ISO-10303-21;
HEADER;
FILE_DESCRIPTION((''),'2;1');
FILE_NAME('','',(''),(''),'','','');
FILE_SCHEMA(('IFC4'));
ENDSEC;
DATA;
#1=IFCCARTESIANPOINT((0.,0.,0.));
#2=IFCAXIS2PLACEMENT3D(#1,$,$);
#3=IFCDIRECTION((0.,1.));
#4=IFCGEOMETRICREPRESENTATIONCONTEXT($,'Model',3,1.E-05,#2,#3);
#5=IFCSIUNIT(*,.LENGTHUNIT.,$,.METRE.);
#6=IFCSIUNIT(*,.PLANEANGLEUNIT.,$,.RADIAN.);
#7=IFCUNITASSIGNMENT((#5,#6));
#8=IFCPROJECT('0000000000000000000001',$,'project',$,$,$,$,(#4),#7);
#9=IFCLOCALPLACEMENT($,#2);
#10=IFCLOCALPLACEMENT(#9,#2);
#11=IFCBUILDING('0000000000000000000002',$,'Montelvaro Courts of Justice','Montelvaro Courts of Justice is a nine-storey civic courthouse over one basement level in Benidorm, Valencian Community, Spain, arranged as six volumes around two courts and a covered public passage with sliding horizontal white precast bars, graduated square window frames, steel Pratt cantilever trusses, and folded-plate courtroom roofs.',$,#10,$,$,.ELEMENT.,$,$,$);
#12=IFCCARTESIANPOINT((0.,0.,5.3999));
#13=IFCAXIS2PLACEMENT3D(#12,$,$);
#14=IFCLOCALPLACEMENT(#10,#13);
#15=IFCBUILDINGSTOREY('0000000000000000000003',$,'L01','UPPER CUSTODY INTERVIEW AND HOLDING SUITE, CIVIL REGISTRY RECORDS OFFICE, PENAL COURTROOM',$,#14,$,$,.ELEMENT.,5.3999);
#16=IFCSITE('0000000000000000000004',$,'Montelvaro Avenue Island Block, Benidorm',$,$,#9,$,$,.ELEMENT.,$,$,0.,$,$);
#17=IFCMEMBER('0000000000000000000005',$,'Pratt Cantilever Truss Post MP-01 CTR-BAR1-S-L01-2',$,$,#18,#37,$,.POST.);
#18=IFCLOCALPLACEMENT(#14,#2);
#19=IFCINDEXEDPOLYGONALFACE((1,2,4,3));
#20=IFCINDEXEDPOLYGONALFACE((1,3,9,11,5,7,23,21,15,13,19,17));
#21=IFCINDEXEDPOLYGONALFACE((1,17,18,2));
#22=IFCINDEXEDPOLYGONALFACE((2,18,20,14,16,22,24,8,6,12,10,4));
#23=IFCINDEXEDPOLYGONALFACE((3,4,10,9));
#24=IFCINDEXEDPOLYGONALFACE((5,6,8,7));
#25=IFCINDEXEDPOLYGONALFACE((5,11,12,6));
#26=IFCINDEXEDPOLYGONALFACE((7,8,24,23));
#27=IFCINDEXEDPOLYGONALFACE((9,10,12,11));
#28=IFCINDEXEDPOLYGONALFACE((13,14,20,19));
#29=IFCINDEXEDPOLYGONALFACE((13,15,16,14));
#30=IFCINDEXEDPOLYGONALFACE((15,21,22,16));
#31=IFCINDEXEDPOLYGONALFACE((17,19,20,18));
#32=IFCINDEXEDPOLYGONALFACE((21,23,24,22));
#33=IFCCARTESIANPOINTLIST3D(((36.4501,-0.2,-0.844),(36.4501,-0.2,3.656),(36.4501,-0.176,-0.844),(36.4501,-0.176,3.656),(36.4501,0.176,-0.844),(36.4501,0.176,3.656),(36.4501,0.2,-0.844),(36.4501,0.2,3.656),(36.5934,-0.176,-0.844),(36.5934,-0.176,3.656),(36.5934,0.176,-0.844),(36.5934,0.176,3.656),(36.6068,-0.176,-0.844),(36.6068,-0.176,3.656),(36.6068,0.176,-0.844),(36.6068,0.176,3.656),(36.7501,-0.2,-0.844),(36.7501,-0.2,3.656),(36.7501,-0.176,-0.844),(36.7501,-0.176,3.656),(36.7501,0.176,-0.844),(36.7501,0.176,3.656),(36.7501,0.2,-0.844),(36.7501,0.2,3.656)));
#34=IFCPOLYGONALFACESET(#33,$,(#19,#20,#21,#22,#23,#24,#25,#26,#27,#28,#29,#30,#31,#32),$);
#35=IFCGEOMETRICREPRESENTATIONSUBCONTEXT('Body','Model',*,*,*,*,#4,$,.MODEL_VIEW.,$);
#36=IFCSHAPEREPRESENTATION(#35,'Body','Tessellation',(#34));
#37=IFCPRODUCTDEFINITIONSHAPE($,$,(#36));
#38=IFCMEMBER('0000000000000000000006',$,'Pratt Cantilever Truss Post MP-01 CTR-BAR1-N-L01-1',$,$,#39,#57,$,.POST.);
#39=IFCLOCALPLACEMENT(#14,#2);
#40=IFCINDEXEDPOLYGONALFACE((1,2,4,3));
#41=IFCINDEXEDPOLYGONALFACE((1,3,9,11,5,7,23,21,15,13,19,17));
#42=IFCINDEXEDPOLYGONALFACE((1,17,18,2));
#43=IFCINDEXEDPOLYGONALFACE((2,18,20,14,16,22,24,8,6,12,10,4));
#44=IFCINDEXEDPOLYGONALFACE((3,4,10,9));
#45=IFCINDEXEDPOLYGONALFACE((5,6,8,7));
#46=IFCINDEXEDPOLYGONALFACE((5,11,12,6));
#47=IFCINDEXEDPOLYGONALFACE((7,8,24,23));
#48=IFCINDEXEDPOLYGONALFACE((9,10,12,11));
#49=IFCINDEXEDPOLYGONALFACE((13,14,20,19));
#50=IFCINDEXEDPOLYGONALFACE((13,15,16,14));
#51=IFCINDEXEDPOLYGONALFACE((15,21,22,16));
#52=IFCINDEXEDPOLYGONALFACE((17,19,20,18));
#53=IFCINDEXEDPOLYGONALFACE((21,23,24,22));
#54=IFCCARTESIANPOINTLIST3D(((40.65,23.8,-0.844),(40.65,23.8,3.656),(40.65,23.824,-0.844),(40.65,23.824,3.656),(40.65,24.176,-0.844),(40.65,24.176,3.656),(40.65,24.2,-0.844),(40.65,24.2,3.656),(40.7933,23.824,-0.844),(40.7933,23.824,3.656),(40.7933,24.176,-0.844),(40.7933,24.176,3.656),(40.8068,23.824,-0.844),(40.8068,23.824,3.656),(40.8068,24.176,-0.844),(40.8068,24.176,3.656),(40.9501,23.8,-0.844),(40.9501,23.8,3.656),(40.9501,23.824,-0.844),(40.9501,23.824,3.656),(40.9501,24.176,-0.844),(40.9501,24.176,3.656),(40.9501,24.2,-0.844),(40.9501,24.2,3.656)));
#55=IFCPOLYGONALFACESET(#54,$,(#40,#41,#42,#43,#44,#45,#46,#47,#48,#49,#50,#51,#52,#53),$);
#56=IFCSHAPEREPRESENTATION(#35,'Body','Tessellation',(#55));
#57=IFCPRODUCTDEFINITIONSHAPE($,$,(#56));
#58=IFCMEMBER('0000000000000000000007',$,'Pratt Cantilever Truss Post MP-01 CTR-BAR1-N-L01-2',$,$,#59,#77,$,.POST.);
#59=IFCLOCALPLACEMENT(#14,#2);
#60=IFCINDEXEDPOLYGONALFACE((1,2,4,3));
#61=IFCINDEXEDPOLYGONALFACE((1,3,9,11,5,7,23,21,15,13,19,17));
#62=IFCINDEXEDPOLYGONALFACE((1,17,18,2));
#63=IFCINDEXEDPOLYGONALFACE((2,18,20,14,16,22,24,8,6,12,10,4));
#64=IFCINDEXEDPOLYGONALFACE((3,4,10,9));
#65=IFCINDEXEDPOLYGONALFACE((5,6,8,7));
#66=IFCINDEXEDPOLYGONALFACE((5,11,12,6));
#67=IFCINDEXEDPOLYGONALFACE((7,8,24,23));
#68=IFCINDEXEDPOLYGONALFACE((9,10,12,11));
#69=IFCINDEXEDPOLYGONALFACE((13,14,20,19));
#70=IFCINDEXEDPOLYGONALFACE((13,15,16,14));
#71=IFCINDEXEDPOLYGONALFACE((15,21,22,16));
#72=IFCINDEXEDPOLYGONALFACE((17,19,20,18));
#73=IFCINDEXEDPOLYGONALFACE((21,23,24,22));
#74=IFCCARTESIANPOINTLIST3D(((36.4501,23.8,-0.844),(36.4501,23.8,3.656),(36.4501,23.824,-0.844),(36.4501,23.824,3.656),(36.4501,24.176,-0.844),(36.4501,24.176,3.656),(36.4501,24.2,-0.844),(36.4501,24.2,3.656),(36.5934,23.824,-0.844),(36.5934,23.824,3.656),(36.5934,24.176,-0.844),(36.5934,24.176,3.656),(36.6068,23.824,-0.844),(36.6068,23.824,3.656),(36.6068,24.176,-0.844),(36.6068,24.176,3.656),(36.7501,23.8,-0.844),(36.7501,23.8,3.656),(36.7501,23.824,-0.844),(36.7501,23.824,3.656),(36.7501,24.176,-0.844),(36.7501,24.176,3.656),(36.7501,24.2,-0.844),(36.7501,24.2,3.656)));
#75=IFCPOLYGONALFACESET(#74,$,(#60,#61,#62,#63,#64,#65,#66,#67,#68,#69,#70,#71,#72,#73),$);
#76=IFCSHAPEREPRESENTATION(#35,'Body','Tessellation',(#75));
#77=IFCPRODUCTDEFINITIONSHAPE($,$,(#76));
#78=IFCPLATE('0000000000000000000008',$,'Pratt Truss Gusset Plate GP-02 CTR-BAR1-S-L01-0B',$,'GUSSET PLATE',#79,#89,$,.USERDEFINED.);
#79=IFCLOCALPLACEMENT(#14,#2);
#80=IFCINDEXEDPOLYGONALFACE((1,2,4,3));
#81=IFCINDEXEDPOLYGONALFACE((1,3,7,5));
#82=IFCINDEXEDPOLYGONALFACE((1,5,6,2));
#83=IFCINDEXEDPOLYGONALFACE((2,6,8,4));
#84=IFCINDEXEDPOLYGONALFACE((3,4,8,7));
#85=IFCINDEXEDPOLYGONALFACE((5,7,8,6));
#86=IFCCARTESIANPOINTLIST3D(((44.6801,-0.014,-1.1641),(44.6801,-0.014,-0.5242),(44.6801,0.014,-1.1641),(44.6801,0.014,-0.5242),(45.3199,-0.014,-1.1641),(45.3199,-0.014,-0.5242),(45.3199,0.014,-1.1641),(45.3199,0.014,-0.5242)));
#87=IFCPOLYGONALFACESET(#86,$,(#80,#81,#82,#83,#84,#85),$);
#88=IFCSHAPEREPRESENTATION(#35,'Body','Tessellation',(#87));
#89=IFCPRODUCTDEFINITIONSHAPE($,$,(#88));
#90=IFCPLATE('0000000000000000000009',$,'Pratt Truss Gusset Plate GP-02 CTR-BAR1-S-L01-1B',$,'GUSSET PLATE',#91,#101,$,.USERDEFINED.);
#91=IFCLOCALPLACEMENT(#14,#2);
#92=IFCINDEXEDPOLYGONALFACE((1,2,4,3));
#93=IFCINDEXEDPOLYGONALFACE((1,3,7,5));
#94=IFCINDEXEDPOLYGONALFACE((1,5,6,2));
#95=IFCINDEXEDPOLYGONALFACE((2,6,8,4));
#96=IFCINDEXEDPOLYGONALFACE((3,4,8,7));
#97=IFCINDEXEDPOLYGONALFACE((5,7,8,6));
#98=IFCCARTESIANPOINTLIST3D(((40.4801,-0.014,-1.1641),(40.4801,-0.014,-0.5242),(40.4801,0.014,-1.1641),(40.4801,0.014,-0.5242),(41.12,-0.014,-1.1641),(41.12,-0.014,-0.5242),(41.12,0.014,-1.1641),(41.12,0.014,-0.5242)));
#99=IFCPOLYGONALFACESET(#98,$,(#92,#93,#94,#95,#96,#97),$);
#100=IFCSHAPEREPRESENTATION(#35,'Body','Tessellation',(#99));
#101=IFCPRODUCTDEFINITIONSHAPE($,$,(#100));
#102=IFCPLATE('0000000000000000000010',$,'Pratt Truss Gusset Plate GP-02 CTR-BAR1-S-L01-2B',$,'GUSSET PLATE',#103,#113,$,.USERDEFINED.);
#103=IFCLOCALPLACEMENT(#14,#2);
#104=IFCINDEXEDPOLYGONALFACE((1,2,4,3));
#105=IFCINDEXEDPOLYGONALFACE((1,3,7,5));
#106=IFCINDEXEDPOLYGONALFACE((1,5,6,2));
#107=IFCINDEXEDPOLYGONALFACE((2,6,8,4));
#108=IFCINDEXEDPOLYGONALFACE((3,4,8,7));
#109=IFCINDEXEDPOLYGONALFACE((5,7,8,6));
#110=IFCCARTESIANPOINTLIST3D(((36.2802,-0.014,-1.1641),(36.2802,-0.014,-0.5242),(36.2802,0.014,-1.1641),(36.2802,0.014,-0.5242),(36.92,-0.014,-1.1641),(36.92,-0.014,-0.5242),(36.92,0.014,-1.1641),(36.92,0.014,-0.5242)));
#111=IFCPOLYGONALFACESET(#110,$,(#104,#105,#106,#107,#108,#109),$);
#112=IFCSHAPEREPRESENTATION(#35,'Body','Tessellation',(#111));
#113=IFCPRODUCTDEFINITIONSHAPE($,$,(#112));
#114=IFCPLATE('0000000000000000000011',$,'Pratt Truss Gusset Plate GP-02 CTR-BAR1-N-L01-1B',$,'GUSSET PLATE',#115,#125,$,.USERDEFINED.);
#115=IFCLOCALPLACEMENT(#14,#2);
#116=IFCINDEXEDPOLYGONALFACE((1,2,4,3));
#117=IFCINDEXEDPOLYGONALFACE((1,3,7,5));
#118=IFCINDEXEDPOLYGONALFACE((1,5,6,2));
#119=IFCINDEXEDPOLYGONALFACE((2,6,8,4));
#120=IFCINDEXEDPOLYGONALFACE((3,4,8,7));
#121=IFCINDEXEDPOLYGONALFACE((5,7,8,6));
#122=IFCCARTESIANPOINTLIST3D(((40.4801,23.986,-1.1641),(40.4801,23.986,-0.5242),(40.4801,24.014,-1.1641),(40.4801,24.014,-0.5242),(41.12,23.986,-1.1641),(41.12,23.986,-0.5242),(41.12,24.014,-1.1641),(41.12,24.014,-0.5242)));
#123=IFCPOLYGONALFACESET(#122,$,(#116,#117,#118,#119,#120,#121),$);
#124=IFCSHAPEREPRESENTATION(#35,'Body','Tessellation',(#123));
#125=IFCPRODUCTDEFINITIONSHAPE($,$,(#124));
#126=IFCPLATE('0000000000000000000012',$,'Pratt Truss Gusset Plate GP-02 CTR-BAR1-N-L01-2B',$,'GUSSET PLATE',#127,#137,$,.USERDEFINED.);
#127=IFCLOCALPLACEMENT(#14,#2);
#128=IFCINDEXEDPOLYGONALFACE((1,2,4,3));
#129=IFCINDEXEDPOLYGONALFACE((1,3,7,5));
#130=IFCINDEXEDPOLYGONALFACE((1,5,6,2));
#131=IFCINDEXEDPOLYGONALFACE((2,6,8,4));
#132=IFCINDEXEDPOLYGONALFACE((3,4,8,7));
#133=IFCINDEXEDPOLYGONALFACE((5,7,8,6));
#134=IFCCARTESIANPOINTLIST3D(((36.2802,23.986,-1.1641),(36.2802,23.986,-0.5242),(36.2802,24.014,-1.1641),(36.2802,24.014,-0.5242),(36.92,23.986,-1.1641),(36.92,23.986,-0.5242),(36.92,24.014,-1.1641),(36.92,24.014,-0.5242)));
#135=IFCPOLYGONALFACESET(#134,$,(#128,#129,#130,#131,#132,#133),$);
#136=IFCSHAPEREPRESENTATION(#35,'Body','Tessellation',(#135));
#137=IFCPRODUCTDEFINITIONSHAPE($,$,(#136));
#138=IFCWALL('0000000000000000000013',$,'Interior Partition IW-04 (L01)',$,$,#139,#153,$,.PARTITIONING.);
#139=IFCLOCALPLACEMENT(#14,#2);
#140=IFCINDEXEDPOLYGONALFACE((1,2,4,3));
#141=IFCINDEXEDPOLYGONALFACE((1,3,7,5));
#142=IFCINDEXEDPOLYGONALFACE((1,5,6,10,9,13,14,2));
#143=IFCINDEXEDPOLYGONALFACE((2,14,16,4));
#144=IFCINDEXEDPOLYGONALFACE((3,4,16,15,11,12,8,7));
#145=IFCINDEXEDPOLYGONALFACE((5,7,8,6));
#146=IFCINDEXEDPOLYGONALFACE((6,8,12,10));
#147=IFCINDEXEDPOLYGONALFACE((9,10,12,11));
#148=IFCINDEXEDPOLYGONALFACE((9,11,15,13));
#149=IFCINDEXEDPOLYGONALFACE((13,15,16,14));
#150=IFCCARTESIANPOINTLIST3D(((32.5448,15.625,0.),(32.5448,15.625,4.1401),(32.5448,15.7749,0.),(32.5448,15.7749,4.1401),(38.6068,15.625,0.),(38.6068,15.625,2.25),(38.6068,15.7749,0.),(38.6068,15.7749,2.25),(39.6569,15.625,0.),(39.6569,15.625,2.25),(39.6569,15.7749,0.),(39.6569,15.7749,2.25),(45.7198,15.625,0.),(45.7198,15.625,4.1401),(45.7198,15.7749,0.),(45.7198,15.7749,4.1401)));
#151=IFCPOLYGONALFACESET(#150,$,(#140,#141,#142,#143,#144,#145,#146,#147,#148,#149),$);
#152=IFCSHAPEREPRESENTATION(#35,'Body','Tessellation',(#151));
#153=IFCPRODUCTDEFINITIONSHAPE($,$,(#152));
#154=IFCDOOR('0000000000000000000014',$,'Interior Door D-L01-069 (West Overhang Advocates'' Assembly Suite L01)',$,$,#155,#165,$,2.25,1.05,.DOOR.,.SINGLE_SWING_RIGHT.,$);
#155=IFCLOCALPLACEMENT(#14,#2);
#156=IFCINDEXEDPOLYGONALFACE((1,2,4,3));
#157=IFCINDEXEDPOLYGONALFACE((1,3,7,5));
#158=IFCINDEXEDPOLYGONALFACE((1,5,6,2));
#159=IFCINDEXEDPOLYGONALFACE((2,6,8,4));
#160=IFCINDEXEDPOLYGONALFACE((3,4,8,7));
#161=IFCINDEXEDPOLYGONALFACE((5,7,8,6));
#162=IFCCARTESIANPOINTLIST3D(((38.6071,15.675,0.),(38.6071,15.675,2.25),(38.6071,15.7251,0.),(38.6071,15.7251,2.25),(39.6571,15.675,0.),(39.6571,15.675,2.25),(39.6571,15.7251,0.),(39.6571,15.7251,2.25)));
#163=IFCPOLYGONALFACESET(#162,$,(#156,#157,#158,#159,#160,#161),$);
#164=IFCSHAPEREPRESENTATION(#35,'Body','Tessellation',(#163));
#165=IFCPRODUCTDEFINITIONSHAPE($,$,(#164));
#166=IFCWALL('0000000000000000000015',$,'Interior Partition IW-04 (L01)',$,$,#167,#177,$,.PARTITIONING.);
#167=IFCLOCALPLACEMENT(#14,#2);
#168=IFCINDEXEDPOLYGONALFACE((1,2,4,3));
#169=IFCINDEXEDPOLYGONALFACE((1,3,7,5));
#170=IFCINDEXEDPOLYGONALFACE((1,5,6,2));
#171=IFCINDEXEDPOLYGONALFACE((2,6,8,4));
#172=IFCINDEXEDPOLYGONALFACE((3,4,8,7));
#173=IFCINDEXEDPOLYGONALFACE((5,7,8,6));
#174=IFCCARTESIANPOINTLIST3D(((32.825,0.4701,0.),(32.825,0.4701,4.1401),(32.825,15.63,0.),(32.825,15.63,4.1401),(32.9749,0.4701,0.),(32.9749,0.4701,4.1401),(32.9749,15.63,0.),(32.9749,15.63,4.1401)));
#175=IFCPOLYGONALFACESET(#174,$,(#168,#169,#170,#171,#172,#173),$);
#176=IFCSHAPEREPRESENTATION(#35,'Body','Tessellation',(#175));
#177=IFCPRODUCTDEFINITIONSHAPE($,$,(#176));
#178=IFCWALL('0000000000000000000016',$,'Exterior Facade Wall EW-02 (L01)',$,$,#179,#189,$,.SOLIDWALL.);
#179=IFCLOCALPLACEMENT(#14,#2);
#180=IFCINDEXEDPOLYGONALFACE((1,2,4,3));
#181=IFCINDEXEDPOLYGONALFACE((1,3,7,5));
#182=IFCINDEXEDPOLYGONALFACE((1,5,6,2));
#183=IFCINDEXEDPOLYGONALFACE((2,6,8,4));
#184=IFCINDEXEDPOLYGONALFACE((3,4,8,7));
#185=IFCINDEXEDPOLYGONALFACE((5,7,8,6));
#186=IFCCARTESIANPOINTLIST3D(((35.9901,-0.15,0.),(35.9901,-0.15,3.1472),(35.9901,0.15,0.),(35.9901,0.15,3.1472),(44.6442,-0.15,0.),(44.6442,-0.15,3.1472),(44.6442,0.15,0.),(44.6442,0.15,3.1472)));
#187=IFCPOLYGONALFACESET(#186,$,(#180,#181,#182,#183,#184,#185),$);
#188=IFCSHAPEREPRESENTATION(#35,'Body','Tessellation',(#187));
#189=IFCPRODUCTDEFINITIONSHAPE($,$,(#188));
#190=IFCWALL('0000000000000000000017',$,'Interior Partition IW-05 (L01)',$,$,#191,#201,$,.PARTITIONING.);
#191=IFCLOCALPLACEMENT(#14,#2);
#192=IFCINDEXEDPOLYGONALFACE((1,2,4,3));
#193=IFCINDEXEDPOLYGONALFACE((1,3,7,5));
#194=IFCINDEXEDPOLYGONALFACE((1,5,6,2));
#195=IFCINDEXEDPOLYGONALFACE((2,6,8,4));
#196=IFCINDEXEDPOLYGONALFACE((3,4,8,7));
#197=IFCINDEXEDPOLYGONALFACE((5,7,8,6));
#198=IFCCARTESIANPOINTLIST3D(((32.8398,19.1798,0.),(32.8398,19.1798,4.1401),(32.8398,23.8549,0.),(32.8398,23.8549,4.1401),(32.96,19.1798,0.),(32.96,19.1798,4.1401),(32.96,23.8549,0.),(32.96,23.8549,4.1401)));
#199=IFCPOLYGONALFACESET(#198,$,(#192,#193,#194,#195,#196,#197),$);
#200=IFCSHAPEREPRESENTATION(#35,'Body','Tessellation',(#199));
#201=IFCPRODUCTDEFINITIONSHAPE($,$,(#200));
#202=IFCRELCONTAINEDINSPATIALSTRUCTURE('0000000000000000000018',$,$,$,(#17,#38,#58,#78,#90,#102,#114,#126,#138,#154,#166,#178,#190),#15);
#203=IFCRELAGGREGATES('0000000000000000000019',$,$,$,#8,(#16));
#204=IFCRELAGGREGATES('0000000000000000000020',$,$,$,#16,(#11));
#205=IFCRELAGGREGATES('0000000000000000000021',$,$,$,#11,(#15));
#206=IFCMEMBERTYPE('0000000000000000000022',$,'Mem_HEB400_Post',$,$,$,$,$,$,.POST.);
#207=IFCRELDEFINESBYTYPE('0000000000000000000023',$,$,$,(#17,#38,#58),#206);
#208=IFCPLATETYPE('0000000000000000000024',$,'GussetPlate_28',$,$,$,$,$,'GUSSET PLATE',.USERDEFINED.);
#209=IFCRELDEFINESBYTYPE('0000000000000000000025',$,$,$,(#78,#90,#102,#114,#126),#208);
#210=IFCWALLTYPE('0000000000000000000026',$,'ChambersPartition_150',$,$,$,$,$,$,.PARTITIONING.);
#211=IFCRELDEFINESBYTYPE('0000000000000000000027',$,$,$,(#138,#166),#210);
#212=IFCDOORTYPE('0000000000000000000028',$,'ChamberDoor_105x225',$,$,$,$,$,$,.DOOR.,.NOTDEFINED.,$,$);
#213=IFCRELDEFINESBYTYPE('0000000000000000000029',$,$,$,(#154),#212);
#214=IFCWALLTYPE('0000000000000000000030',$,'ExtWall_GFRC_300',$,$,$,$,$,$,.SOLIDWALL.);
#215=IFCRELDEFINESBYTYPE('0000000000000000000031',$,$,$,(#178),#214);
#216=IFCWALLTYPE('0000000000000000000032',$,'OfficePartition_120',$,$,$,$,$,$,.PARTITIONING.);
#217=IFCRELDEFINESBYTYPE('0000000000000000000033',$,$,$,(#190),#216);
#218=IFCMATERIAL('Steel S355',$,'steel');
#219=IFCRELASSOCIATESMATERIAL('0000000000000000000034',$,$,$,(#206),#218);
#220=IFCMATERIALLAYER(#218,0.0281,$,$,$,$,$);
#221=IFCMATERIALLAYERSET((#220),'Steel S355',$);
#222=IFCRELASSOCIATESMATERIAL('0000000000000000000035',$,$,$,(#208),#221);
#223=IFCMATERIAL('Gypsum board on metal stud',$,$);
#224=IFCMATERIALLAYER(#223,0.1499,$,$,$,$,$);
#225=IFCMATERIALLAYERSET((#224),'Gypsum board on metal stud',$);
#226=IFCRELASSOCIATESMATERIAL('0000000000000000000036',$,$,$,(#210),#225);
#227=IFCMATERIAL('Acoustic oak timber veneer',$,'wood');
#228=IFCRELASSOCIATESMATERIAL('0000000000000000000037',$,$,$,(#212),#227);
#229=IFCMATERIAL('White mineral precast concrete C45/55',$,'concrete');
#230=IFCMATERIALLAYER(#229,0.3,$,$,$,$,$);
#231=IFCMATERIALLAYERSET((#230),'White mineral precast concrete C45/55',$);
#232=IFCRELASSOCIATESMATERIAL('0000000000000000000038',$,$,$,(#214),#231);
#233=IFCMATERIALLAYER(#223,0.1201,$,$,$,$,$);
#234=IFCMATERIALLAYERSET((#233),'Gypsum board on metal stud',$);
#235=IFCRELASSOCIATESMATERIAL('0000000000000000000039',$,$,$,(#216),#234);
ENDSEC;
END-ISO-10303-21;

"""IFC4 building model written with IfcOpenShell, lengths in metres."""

from ifc_helpers import new_model, si_unit, direction, frame, frame_2d, origin, origin_2d, place, context, subcontext, project, spatial, rectangle, i_section, extrude, material, layer, layer_set, material_profile, profile_set, type_object, element, fill, save


model = new_model("IFC4")

# Units and contexts
model_context = context("Model", 3, precision=1e-05, world=origin(), true_north=direction((0.0, 1.0)))
body_context = subcontext(model_context, "Body", "Model", "MODEL_VIEW")
ifc_project = project(units=[si_unit("LENGTHUNIT", "METRE"), si_unit("PLANEANGLEUNIT", "RADIAN")], contexts=[model_context])

# Site, building, storey
site_placement = place(None, origin())
site = spatial("IfcSite", under=ifc_project, at=site_placement, Name="Montelvaro Avenue Island Block, Benidorm", CompositionType="ELEMENT", RefElevation=0.0)
building_placement = place(site_placement, origin())
building = spatial("IfcBuilding", under=site, at=building_placement, Name="Montelvaro Courts of Justice", Description="Montelvaro Courts of Justice is a nine-storey civic courthouse over one basement level in Benidorm, Valencian Community, Spain, arranged as six volumes around two courts and a covered public passage with sliding horizontal white precast bars, graduated square window frames, steel Pratt cantilever trusses, and folded-plate courtroom roofs.", CompositionType="ELEMENT")
storey_placement = place(building_placement, frame((0.0, 0.0, 5.3999)))
storey = spatial("IfcBuildingStorey", under=building, at=storey_placement, Name="L01", Description="UPPER CUSTODY INTERVIEW AND HOLDING SUITE, CIVIL REGISTRY RECORDS OFFICE, PENAL COURTROOM", CompositionType="ELEMENT", Elevation=5.3999)

# Shared definitions
ifc_material_1 = material(Name="Steel S355", Category="steel")

# Members
ifc_material_profile_1 = material_profile(ifc_material_1, i_section(OverallWidth=0.3, OverallDepth=0.3999, WebThickness=0.0134, FlangeThickness=0.0239, at=origin_2d()), Name="HEB 400")
ifc_profile_set_1 = profile_set([ifc_material_profile_1], Name="Steel S355")
member_type_1 = type_object("IfcMemberType", Name="Mem_HEB400_Post", PredefinedType="POST", material=ifc_profile_set_1)
for number, where, z_axis, x_axis, name in (
    (1, (36.6001, 0.0, -0.844), (0.0, 0.0, 1.0), (1.0, 0.0, 0.0), "Pratt Cantilever Truss Post MP-01 CTR-BAR1-S-L01-2"),
    (2, (40.8, 24.0, -0.844), (0.0, 0.0, 1.0), (1.0, 0.0, 0.0), "Pratt Cantilever Truss Post MP-01 CTR-BAR1-N-L01-1"),
    (3, (36.6001, 24.0, -0.844), (0.0, 0.0, 1.0), (1.0, 0.0, 0.0), "Pratt Cantilever Truss Post MP-01 CTR-BAR1-N-L01-2"),
):
    element("IfcMember", number, at=place(storey_placement, frame(where, z_axis=z_axis, x_axis=x_axis)), inside=storey, type_object=member_type_1, Name=name, PredefinedType="POST", context=body_context, shape_type="SweptSolid", body=[
        extrude(i_section(OverallWidth=0.3, OverallDepth=0.3999, WebThickness=0.0134, FlangeThickness=0.0239, at=origin_2d()), origin(), (0.0, 0.0, 1.0), 4.5),
    ])

# Plates
ifc_layer_1 = layer(ifc_material_1, 0.0281)
ifc_layer_set_1 = layer_set([ifc_layer_1], Name="Steel S355")
plate_type = type_object("IfcPlateType", Name="GussetPlate_28", ElementType="GUSSET PLATE", PredefinedType="USERDEFINED", material=ifc_layer_set_1)
for number, where, z_axis, x_axis, name in (
    (4, (45.0, 0.0, -1.1641), (0.0, 0.0, 1.0), (1.0, 0.0, 0.0), "Pratt Truss Gusset Plate GP-02 CTR-BAR1-S-L01-0B"),
    (5, (40.8, 0.0, -1.1641), (0.0, 0.0, 1.0), (1.0, 0.0, 0.0), "Pratt Truss Gusset Plate GP-02 CTR-BAR1-S-L01-1B"),
    (6, (36.6001, 0.0, -1.1641), (0.0, 0.0, 1.0), (1.0, 0.0, 0.0), "Pratt Truss Gusset Plate GP-02 CTR-BAR1-S-L01-2B"),
    (7, (40.8, 24.0, -1.1641), (0.0, 0.0, 1.0), (1.0, 0.0, 0.0), "Pratt Truss Gusset Plate GP-02 CTR-BAR1-N-L01-1B"),
    (8, (36.6001, 24.0, -1.1641), (0.0, 0.0, 1.0), (1.0, 0.0, 0.0), "Pratt Truss Gusset Plate GP-02 CTR-BAR1-N-L01-2B"),
):
    element("IfcPlate", number, at=place(storey_placement, frame(where, z_axis=z_axis, x_axis=x_axis)), inside=storey, type_object=plate_type, Name=name, ObjectType="GUSSET PLATE", PredefinedType="USERDEFINED", context=body_context, shape_type="SweptSolid", body=[
        extrude(rectangle(XDim=0.6399, YDim=0.0281, at=origin_2d()), origin(), (0.0, 0.0, 1.0), 0.6399),
    ])

# Wall, opening, door
ifc_material_2 = material(Name="Gypsum board on metal stud")
ifc_layer_2 = layer(ifc_material_2, 0.1499)
ifc_layer_set_2 = layer_set([ifc_layer_2], Name="Gypsum board on metal stud")
wall_type_1 = type_object("IfcWallType", Name="ChambersPartition_150", PredefinedType="PARTITIONING", material=ifc_layer_set_2)
wall_1_placement = place(storey_placement, frame((32.5449, 15.7, 0.0), z_axis=(0.0, 0.0, 1.0), x_axis=(1.0, 0.0, 0.0)))
wall_1 = element("IfcWall", 9, at=wall_1_placement, inside=storey, type_object=wall_type_1, Name="Interior Partition IW-04 (L01)", PredefinedType="PARTITIONING", context=body_context, shape_type="SweptSolid", body=[
    extrude(rectangle(XDim=13.175, YDim=0.1499, at=frame_2d((6.5874, 0.0))), origin(), (0.0, 0.0, 1.0), 4.1401),
])
opening_placement = place(wall_1_placement, frame((6.062, 0.0, 0.0)))
opening = element("IfcOpeningElement", 10, at=opening_placement, cuts=wall_1, PredefinedType="OPENING", context=body_context, shape_type="SweptSolid", body=[
    extrude(rectangle(XDim=1.05, YDim=2.25, at=frame_2d((0.5249, 1.125))), frame((0.0, 0.0898, 0.0), z_axis=(0.0, -1.0, 0.0), x_axis=(1.0, 0.0, 0.0)), (0.0, 0.0, 1.0), 0.1797),
])
ifc_material_3 = material(Name="Acoustic oak timber veneer", Category="wood")
door_type = type_object("IfcDoorType", Name="ChamberDoor_105x225", OperationType="NOTDEFINED", PredefinedType="DOOR", material=ifc_material_3)
door_placement = place(opening_placement, frame((1.05, 0.0, 0.0), z_axis=(0.0, 0.0, 1.0), x_axis=(-1.0, 0.0, 0.0)))
door = element("IfcDoor", 11, at=door_placement, inside=storey, type_object=door_type, Name="Interior Door D-L01-069 (West Overhang Advocates' Assembly Suite L01)", OperationType="SINGLE_SWING_RIGHT", OverallHeight=2.25, OverallWidth=1.05, PredefinedType="DOOR", context=body_context, shape_type="SweptSolid", body=[
    extrude(rectangle(XDim=1.05, YDim=2.25, at=frame_2d((0.5249, 1.125))), frame((0.0, 0.0249, 0.0), z_axis=(0.0, -1.0, 0.0), x_axis=(1.0, 0.0, 0.0)), (0.0, 0.0, 1.0), 0.05),
])
fill(opening, door)

# Walls
wall_2_placement = place(storey_placement, frame((32.8999, 0.47, 0.0), z_axis=(0.0, 0.0, 1.0), x_axis=(0.0, 1.0, 0.0)))
element("IfcWall", 12, at=wall_2_placement, inside=storey, type_object=wall_type_1, Name="Interior Partition IW-04 (L01)", PredefinedType="PARTITIONING", context=body_context, shape_type="SweptSolid", body=[
    extrude(rectangle(XDim=15.1599, YDim=0.1499, at=frame_2d((7.5801, 0.0))), origin(), (0.0, 0.0, 1.0), 4.1401),
])
ifc_material_4 = material(Name="White mineral precast concrete C45/55", Category="concrete")
ifc_layer_3 = layer(ifc_material_4, 0.3)
ifc_layer_set_3 = layer_set([ifc_layer_3], Name="White mineral precast concrete C45/55")
wall_type_2 = type_object("IfcWallType", Name="ExtWall_GFRC_300", PredefinedType="SOLIDWALL", material=ifc_layer_set_3)
wall_3_placement = place(storey_placement, frame((35.99, 0.0, 0.0), z_axis=(0.0, 0.0, 1.0), x_axis=(1.0, 0.0, 0.0)))
element("IfcWall", 13, at=wall_3_placement, inside=storey, type_object=wall_type_2, Name="Exterior Facade Wall EW-02 (L01)", PredefinedType="SOLIDWALL", context=body_context, shape_type="SweptSolid", body=[
    extrude(rectangle(XDim=8.6541, YDim=0.3, at=frame_2d((4.3271, 0.0))), origin(), (0.0, 0.0, 1.0), 3.1472),
])
ifc_layer_4 = layer(ifc_material_2, 0.1201)
ifc_layer_set_4 = layer_set([ifc_layer_4], Name="Gypsum board on metal stud")
wall_type_3 = type_object("IfcWallType", Name="OfficePartition_120", PredefinedType="PARTITIONING", material=ifc_layer_set_4)
wall_4_placement = place(storey_placement, frame((32.8999, 19.1799, 0.0), z_axis=(0.0, 0.0, 1.0), x_axis=(0.0, 1.0, 0.0)))
element("IfcWall", 14, at=wall_4_placement, inside=storey, type_object=wall_type_3, Name="Interior Partition IW-05 (L01)", PredefinedType="PARTITIONING", context=body_context, shape_type="SweptSolid", body=[
    extrude(rectangle(XDim=4.675, YDim=0.1201, at=frame_2d((2.3374, 0.0))), origin(), (0.0, 0.0, 1.0), 4.1401),
])

save(model, "model.ifc")
